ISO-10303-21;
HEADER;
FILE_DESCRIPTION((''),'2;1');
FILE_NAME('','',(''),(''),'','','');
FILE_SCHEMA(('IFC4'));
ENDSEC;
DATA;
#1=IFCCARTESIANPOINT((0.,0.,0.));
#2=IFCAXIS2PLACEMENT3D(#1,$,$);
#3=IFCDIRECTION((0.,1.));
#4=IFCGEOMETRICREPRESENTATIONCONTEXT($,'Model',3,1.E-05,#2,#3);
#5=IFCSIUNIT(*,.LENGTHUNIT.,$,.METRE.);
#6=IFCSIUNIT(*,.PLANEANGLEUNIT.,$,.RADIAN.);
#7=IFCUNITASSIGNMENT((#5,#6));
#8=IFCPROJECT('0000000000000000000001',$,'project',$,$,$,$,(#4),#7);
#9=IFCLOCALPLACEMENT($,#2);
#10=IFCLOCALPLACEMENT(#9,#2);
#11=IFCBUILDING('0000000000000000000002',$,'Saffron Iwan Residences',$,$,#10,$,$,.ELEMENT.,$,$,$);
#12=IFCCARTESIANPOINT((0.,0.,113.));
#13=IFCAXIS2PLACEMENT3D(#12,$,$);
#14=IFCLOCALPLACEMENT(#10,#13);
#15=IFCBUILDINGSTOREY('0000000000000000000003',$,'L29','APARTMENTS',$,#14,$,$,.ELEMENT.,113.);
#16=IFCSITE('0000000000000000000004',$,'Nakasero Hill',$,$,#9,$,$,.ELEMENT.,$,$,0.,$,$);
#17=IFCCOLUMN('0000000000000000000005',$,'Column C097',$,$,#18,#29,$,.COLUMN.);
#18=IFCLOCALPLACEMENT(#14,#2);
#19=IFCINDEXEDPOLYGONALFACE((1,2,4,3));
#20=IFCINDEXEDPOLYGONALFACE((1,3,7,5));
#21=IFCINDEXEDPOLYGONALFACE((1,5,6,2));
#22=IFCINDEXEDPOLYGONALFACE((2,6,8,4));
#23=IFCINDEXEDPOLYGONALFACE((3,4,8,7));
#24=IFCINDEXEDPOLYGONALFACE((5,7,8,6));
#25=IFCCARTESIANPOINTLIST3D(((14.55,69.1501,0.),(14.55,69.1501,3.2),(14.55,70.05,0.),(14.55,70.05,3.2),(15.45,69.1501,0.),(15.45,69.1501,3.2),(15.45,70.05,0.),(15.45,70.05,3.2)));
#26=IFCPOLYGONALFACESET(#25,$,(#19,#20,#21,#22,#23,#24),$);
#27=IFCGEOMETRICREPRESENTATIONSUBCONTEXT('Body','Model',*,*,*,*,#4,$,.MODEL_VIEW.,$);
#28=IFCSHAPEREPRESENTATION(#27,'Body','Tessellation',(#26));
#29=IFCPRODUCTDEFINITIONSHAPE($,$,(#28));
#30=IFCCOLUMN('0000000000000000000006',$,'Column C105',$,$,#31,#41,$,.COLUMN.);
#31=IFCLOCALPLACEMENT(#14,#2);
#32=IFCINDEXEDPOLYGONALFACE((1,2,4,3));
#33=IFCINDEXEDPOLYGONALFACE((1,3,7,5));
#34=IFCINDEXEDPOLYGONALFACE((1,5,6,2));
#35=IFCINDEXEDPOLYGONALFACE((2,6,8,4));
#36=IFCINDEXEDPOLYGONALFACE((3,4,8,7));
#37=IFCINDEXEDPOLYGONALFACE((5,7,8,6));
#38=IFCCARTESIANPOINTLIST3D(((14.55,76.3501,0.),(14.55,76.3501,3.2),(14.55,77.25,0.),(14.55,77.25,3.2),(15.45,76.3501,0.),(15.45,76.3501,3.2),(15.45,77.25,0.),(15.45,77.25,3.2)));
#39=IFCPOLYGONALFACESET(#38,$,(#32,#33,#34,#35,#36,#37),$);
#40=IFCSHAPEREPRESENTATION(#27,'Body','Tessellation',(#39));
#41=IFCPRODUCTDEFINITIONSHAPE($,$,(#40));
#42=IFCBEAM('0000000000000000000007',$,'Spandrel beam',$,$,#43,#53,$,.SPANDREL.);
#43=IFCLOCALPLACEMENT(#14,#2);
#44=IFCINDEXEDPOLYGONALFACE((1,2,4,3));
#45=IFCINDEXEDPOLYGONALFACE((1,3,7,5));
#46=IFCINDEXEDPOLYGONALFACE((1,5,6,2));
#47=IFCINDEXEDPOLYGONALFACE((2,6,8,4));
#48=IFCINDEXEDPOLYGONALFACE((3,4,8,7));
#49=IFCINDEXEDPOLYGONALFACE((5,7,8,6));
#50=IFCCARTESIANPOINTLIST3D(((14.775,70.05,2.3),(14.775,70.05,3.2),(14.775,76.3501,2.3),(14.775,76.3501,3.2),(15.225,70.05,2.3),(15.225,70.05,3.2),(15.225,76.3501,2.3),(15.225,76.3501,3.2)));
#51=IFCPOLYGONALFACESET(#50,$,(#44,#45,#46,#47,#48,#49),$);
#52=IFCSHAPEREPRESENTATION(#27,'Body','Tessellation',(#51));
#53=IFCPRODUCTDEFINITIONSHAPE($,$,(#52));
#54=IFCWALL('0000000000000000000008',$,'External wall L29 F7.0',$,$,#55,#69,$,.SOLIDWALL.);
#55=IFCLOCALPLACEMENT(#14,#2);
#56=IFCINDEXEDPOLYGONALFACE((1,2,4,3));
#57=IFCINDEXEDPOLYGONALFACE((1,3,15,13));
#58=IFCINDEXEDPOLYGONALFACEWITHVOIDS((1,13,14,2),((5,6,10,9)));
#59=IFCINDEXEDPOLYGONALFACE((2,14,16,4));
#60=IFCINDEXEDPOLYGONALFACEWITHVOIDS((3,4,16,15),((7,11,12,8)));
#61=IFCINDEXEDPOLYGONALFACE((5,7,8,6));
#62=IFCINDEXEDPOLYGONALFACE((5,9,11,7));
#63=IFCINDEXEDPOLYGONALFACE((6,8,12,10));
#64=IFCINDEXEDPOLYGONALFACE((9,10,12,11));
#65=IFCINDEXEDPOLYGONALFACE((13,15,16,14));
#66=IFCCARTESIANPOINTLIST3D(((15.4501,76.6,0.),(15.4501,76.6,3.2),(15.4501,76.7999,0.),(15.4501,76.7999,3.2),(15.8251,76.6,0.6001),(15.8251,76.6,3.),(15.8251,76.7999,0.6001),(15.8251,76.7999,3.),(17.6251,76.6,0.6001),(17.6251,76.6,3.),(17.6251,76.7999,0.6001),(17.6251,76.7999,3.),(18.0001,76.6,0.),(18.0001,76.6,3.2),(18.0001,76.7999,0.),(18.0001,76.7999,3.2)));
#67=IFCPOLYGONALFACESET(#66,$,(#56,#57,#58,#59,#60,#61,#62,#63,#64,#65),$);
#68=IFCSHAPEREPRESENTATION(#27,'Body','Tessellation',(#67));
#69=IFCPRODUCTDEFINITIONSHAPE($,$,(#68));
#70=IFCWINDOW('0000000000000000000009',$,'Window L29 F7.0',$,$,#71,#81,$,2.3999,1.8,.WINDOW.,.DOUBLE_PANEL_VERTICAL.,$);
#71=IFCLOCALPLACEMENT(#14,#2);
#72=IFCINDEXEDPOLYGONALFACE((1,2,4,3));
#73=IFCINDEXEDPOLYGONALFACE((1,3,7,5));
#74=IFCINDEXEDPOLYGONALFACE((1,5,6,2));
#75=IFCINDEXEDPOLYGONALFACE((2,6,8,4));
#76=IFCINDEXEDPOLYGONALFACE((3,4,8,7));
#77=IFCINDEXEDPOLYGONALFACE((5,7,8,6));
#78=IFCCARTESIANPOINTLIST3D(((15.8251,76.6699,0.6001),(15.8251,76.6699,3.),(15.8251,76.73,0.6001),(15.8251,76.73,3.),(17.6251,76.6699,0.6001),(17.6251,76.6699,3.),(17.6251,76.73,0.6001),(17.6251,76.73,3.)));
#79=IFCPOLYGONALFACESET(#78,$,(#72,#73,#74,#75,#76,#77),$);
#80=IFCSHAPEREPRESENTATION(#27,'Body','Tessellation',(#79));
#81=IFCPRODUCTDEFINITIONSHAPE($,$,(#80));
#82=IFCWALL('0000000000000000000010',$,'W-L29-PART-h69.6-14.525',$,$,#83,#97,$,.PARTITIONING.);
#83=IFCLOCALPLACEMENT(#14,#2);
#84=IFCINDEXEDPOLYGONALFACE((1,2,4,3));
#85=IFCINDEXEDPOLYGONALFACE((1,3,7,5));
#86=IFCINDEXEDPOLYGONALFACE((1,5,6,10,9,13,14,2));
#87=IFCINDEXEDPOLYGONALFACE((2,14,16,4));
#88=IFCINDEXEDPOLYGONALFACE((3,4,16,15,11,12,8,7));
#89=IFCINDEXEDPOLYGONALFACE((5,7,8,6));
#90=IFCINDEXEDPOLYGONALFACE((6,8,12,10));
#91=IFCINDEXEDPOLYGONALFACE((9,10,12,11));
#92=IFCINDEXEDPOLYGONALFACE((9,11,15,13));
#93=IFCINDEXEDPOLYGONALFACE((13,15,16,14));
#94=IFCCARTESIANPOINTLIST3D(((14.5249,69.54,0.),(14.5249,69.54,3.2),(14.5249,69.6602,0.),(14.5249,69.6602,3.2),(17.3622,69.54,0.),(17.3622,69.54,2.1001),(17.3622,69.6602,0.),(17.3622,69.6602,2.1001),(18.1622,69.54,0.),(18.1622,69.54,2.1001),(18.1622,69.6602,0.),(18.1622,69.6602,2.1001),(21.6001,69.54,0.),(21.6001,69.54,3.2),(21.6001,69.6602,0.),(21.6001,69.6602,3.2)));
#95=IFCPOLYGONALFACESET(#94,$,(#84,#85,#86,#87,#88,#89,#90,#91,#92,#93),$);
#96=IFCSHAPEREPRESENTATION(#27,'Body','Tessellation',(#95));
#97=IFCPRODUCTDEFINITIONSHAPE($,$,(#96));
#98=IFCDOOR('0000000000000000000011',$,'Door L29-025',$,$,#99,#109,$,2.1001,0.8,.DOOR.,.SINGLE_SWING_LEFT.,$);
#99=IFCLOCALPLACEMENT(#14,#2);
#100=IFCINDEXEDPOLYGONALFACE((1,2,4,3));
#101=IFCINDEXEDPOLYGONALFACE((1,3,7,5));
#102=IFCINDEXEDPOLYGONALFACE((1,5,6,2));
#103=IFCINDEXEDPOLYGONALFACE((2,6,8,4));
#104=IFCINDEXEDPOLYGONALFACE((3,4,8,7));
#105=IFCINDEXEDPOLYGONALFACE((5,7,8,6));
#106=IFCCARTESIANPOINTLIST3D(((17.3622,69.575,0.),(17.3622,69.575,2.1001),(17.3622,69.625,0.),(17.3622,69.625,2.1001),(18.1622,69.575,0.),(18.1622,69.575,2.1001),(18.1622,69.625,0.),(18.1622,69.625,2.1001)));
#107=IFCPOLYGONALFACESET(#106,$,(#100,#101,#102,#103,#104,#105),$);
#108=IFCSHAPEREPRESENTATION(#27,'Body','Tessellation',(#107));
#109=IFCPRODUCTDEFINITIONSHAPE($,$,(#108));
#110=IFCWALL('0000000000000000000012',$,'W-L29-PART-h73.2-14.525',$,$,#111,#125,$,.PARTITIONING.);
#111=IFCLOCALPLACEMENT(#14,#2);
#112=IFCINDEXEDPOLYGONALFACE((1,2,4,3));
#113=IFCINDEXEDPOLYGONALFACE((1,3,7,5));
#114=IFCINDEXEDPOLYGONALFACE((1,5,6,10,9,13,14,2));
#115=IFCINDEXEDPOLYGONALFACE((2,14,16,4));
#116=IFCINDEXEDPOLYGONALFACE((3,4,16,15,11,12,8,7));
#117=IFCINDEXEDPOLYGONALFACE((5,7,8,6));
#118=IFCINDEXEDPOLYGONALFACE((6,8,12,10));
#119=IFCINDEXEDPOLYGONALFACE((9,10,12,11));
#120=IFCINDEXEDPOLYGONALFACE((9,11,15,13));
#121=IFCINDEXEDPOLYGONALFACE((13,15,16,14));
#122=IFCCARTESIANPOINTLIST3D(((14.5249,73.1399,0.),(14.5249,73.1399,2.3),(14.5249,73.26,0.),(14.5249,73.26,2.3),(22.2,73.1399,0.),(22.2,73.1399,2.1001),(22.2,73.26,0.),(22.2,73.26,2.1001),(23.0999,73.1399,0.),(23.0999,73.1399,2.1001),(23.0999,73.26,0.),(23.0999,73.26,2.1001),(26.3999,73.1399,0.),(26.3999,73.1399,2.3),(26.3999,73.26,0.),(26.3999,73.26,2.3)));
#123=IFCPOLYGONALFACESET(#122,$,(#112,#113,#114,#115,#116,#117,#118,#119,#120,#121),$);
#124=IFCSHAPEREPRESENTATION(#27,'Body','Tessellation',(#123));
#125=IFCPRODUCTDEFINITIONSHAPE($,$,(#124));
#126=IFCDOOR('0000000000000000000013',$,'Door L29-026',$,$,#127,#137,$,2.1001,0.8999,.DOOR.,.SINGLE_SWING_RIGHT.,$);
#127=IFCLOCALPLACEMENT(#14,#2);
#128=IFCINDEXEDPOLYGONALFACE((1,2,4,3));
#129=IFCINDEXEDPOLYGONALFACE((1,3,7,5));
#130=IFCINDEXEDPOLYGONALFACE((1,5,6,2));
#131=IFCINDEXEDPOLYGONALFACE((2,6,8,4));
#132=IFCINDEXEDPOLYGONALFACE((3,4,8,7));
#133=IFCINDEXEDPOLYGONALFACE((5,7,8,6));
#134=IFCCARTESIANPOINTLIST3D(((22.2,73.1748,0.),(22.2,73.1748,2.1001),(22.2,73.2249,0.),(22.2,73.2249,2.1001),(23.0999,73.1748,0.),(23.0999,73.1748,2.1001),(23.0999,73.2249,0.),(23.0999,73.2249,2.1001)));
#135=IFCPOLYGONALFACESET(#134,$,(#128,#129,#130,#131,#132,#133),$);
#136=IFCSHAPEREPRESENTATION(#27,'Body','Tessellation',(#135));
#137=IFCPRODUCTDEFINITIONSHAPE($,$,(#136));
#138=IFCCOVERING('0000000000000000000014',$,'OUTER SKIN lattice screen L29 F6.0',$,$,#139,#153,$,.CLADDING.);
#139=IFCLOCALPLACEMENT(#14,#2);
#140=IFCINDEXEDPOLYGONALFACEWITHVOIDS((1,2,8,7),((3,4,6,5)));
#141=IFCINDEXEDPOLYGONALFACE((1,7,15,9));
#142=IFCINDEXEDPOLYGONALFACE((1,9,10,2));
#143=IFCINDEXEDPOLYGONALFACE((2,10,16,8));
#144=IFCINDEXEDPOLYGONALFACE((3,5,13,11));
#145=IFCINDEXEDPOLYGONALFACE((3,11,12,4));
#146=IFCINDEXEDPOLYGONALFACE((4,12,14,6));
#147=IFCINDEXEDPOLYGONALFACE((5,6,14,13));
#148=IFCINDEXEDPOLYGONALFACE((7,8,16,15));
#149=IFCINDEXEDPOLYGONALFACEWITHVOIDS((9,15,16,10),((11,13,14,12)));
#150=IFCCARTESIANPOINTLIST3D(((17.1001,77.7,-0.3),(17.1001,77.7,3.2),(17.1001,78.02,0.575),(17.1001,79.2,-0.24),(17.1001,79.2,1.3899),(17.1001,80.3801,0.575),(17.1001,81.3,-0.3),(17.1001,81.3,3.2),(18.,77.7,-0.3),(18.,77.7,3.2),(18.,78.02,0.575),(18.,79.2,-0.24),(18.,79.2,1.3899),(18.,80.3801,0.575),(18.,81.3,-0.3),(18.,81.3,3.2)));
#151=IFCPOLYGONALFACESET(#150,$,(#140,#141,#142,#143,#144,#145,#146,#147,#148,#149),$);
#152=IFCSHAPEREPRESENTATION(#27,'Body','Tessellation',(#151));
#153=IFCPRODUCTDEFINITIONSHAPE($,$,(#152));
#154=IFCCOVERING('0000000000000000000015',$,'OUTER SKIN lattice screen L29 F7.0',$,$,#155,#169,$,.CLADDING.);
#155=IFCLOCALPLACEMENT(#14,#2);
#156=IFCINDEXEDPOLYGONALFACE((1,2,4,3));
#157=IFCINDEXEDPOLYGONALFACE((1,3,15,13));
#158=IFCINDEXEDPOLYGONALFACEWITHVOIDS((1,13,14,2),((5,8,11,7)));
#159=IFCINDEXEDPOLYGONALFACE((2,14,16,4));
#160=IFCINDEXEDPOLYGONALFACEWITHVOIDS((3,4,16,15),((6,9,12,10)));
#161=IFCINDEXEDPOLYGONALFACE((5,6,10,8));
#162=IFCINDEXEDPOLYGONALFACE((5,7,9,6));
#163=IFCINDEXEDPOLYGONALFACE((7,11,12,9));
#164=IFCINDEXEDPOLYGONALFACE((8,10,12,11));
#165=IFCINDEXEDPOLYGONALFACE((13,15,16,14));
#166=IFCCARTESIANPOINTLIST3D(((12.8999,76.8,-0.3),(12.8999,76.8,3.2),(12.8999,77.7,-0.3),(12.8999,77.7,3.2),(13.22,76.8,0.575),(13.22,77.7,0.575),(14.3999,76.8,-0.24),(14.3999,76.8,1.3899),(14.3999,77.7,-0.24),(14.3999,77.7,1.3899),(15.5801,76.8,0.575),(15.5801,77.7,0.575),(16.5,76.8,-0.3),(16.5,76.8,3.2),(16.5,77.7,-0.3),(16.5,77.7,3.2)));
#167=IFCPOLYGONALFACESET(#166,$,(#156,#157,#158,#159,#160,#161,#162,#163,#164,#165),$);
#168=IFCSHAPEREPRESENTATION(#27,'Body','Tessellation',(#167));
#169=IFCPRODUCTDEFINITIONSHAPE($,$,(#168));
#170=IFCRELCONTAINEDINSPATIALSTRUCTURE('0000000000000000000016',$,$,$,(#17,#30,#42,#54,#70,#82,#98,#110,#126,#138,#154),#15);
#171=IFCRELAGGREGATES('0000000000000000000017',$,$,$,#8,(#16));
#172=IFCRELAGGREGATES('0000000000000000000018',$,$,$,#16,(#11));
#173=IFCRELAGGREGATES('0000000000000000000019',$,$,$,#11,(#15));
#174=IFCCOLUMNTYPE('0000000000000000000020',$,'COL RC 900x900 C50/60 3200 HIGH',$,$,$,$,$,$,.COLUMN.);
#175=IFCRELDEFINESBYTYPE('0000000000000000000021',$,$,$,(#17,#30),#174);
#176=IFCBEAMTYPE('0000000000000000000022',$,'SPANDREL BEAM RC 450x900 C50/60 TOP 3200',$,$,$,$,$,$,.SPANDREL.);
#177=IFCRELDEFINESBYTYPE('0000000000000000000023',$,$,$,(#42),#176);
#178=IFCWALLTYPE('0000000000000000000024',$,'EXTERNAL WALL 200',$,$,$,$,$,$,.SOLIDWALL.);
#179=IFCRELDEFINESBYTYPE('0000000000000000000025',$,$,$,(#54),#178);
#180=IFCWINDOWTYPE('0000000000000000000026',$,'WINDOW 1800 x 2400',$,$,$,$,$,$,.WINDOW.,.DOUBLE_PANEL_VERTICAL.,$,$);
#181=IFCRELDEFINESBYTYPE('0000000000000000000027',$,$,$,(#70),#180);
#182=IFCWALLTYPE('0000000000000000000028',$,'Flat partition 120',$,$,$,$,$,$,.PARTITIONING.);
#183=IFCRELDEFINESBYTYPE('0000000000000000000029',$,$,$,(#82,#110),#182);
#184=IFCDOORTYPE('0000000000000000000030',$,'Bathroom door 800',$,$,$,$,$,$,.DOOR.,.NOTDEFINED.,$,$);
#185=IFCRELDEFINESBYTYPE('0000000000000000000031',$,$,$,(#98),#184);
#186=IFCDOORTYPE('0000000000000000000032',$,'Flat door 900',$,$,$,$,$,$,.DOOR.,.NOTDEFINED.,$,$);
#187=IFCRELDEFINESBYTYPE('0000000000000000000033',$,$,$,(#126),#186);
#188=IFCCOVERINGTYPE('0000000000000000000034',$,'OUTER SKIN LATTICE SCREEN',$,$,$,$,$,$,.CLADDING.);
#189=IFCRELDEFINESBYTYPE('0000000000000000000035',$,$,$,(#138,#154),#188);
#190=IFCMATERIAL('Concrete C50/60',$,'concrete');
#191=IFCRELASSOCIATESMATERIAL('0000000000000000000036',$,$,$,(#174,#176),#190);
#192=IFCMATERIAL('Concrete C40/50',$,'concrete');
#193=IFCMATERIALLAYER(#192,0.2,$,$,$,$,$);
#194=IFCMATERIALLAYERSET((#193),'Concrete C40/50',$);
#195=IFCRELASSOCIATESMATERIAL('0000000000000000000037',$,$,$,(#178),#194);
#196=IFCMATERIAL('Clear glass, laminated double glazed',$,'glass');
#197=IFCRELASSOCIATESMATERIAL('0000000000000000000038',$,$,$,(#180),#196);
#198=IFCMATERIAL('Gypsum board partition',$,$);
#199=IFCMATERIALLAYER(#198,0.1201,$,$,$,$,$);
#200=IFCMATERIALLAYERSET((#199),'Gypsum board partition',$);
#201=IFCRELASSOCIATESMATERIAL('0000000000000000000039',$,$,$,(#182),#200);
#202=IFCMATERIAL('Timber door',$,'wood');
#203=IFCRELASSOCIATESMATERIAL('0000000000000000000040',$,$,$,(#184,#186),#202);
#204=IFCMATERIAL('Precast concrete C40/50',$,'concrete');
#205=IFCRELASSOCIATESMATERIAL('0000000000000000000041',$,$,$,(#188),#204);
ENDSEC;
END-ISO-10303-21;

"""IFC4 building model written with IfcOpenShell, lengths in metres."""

from ifc_helpers import new_model, si_unit, direction, frame, frame_2d, origin, origin_2d, place, context, subcontext, project, spatial, polyline, rectangle, outline, extrude, source, transform, mapped, material, layer, layer_set, material_profile, profile_set, type_object, element, fill, save


model = new_model("IFC4")

# Units and contexts
model_context = context("Model", 3, precision=1e-05, world=origin(), true_north=direction((0.0, 1.0)))
body_context = subcontext(model_context, "Body", "Model", "MODEL_VIEW")
ifc_project = project(units=[si_unit("LENGTHUNIT", "METRE"), si_unit("PLANEANGLEUNIT", "RADIAN")], contexts=[model_context])

# Site, building, storey
site_placement = place(None, origin())
site = spatial("IfcSite", under=ifc_project, at=site_placement, Name="Nakasero Hill", CompositionType="ELEMENT", RefElevation=0.0)
building_placement = place(site_placement, origin())
building = spatial("IfcBuilding", under=site, at=building_placement, Name="Saffron Iwan Residences", CompositionType="ELEMENT")
storey_placement = place(building_placement, frame((0.0, 0.0, 113.0)))
storey = spatial("IfcBuildingStorey", under=building, at=storey_placement, Name="L29", Description="APARTMENTS", CompositionType="ELEMENT", Elevation=113.0)

# Columns
ifc_material_1 = material(Name="Concrete C50/60", Category="concrete")
ifc_material_profile_1 = material_profile(ifc_material_1, rectangle(XDim=0.8999, YDim=0.8999, at=origin_2d()), Name="RC 900x900")
ifc_profile_set_1 = profile_set([ifc_material_profile_1], Name="Concrete C50/60")
column_type = type_object("IfcColumnType", Name="COL RC 900x900 C50/60 3200 HIGH", PredefinedType="COLUMN", material=ifc_profile_set_1)
shared_shape_1 = source(origin(), body_context, "Body", "SweptSolid", [
    extrude(rectangle(XDim=0.8999, YDim=0.8999, at=origin_2d()), origin(), (0.0, 0.0, 1.0), 3.2),
])
for number, where, z_axis, x_axis, name in (
    (1, (15.0, 69.6001, 0.0), (0.0, 0.0, 1.0), (1.0, 0.0, 0.0), "Column C097"),
    (2, (15.0, 76.8, 0.0), (0.0, 0.0, 1.0), (1.0, 0.0, 0.0), "Column C105"),
):
    element("IfcColumn", number, at=place(storey_placement, frame(where, z_axis=z_axis, x_axis=x_axis)), inside=storey, type_object=column_type, Name=name, PredefinedType="COLUMN", context=body_context, shape_type="MappedRepresentation", body=[
        mapped(shared_shape_1, transform((0.0, 0.0, 0.0))),
    ])

# Beam
ifc_material_profile_2 = material_profile(ifc_material_1, rectangle(XDim=0.45, YDim=0.8999, at=origin_2d()), Name="RC 450x900")
ifc_profile_set_2 = profile_set([ifc_material_profile_2], Name="Concrete C50/60")
beam_type = type_object("IfcBeamType", Name="SPANDREL BEAM RC 450x900 C50/60 TOP 3200", PredefinedType="SPANDREL", material=ifc_profile_set_2)
shared_shape_2 = source(origin(), body_context, "Body", "SweptSolid", [
    extrude(rectangle(XDim=0.45, YDim=0.8999, at=origin_2d()), origin(), (0.0, 0.0, 1.0), 6.3),
])
beam_placement = place(storey_placement, frame((15.0, 70.05, 2.75), z_axis=(0.0, 1.0, 0.0), x_axis=(-1.0, 0.0, 0.0)))
element("IfcBeam", 3, at=beam_placement, inside=storey, type_object=beam_type, Name="Spandrel beam", PredefinedType="SPANDREL", context=body_context, shape_type="MappedRepresentation", body=[
    mapped(shared_shape_2, transform((0.0, 0.0, 0.0))),
])

# Wall, opening, window
ifc_material_2 = material(Name="Concrete C40/50", Category="concrete")
ifc_layer_1 = layer(ifc_material_2, 0.2)
ifc_layer_set_1 = layer_set([ifc_layer_1], Name="Concrete C40/50")
wall_type_1 = type_object("IfcWallType", Name="EXTERNAL WALL 200", PredefinedType="SOLIDWALL", material=ifc_layer_set_1)
wall_1_placement = place(storey_placement, frame((18.0, 76.7, 0.0), z_axis=(0.0, 0.0, 1.0), x_axis=(-1.0, 0.0, 0.0)))
wall_1 = element("IfcWall", 4, at=wall_1_placement, inside=storey, type_object=wall_type_1, Name="External wall L29 F7.0", PredefinedType="SOLIDWALL", context=body_context, shape_type="SweptSolid", body=[
    extrude(rectangle(XDim=2.55, YDim=0.2, at=frame_2d((1.2749, 0.0))), origin(), (0.0, 0.0, 1.0), 3.2),
])
opening_1_placement = place(wall_1_placement, frame((0.375, 0.0, 0.6001)))
opening_1 = element("IfcOpeningElement", 5, at=opening_1_placement, cuts=wall_1, PredefinedType="OPENING", context=body_context, shape_type="SweptSolid", body=[
    extrude(rectangle(XDim=1.8, YDim=2.3999, at=frame_2d((0.8999, 1.2))), frame((0.0, 0.1099, 0.0), z_axis=(0.0, -1.0, 0.0), x_axis=(1.0, 0.0, 0.0)), (0.0, 0.0, 1.0), 0.22),
])
ifc_material_3 = material(Name="Clear glass, laminated double glazed", Category="glass")
window_type_1 = type_object("IfcWindowType", Name="WINDOW 1800 x 2400", PartitioningType="DOUBLE_PANEL_VERTICAL", PredefinedType="WINDOW", material=ifc_material_3)
window_1_placement = place(opening_1_placement, origin())
window_1 = element("IfcWindow", 6, at=window_1_placement, inside=storey, type_object=window_type_1, Name="Window L29 F7.0", OverallHeight=2.3999, OverallWidth=1.8, PartitioningType="DOUBLE_PANEL_VERTICAL", PredefinedType="WINDOW", context=body_context, shape_type="SweptSolid", body=[
    extrude(rectangle(XDim=1.8, YDim=2.3999, at=frame_2d((0.8999, 1.2))), frame((0.0, 0.03, 0.0), z_axis=(0.0, -1.0, 0.0), x_axis=(1.0, 0.0, 0.0)), (0.0, 0.0, 1.0), 0.0601),
])
fill(opening_1, window_1)

# Walls, openings, doors
ifc_material_4 = material(Name="Gypsum board partition")
ifc_layer_2 = layer(ifc_material_4, 0.1201)
ifc_layer_set_2 = layer_set([ifc_layer_2], Name="Gypsum board partition")
wall_type_2 = type_object("IfcWallType", Name="Flat partition 120", PredefinedType="PARTITIONING", material=ifc_layer_set_2)
wall_2_placement = place(storey_placement, frame((14.5249, 69.6001, 0.0), z_axis=(0.0, 0.0, 1.0), x_axis=(1.0, 0.0, 0.0)))
wall_2 = element("IfcWall", 7, at=wall_2_placement, inside=storey, type_object=wall_type_2, Name="W-L29-PART-h69.6-14.525", PredefinedType="PARTITIONING", context=body_context, shape_type="SweptSolid", body=[
    extrude(rectangle(XDim=7.0752, YDim=0.1201, at=frame_2d((3.5376, 0.0))), origin(), (0.0, 0.0, 1.0), 3.2),
])
opening_2_placement = place(wall_2_placement, frame((2.8374, 0.0, 0.0)))
opening_2 = element("IfcOpeningElement", 8, at=opening_2_placement, cuts=wall_2, PredefinedType="OPENING", context=body_context, shape_type="SweptSolid", body=[
    extrude(rectangle(XDim=0.8, YDim=2.1001, at=frame_2d((0.3999, 1.05))), frame((0.0, 0.0701, 0.0), z_axis=(0.0, -1.0, 0.0), x_axis=(1.0, 0.0, 0.0)), (0.0, 0.0, 1.0), 0.1401),
])
ifc_material_5 = material(Name="Timber door", Category="wood")
door_type_1 = type_object("IfcDoorType", Name="Bathroom door 800", OperationType="NOTDEFINED", PredefinedType="DOOR", material=ifc_material_5)
door_1_placement = place(opening_2_placement, origin())
door_1 = element("IfcDoor", 9, at=door_1_placement, inside=storey, type_object=door_type_1, Name="Door L29-025", OperationType="SINGLE_SWING_LEFT", OverallHeight=2.1001, OverallWidth=0.8, PredefinedType="DOOR", context=body_context, shape_type="SweptSolid", body=[
    extrude(rectangle(XDim=0.8, YDim=2.1001, at=frame_2d((0.3999, 1.05))), frame((0.0, 0.0249, 0.0), z_axis=(0.0, -1.0, 0.0), x_axis=(1.0, 0.0, 0.0)), (0.0, 0.0, 1.0), 0.05),
])
fill(opening_2, door_1)
wall_3_placement = place(storey_placement, frame((14.5249, 73.2, 0.0), z_axis=(0.0, 0.0, 1.0), x_axis=(1.0, 0.0, 0.0)))
wall_3 = element("IfcWall", 10, at=wall_3_placement, inside=storey, type_object=wall_type_2, Name="W-L29-PART-h73.2-14.525", PredefinedType="PARTITIONING", context=body_context, shape_type="SweptSolid", body=[
    extrude(rectangle(XDim=11.875, YDim=0.1201, at=frame_2d((5.9375, 0.0))), origin(), (0.0, 0.0, 1.0), 2.3),
])
opening_3_placement = place(wall_3_placement, frame((7.675, 0.0, 0.0)))
opening_3 = element("IfcOpeningElement", 11, at=opening_3_placement, cuts=wall_3, PredefinedType="OPENING", context=body_context, shape_type="SweptSolid", body=[
    extrude(rectangle(XDim=0.8999, YDim=2.1001, at=frame_2d((0.45, 1.05))), frame((0.0, 0.0701, 0.0), z_axis=(0.0, -1.0, 0.0), x_axis=(1.0, 0.0, 0.0)), (0.0, 0.0, 1.0), 0.1401),
])
door_type_2 = type_object("IfcDoorType", Name="Flat door 900", OperationType="NOTDEFINED", PredefinedType="DOOR", material=ifc_material_5)
door_2_placement = place(opening_3_placement, origin())
door_2 = element("IfcDoor", 12, at=door_2_placement, inside=storey, type_object=door_type_2, Name="Door L29-026", OperationType="SINGLE_SWING_RIGHT", OverallHeight=2.1001, OverallWidth=0.8999, PredefinedType="DOOR", context=body_context, shape_type="SweptSolid", body=[
    extrude(rectangle(XDim=0.8999, YDim=2.1001, at=frame_2d((0.45, 1.05))), frame((0.0, 0.0249, 0.0), z_axis=(0.0, -1.0, 0.0), x_axis=(1.0, 0.0, 0.0)), (0.0, 0.0, 1.0), 0.05),
])
fill(opening_3, door_2)

# Coverings
ifc_material_6 = material(Name="Precast concrete C40/50", Category="concrete")
covering_type = type_object("IfcCoveringType", Name="OUTER SKIN LATTICE SCREEN", PredefinedType="CLADDING", material=ifc_material_6)
for number, where, z_axis, x_axis, name in (
    (13, (18.0, 81.3, -0.3), (-1.0, 0.0, 0.0), (0.0, -1.0, 0.0), "OUTER SKIN lattice screen L29 F6.0"),
    (14, (16.5, 76.8, -0.3), (0.0, 1.0, 0.0), (-1.0, 0.0, 0.0), "OUTER SKIN lattice screen L29 F7.0"),
):
    element("IfcCovering", number, at=place(storey_placement, frame(where, z_axis=z_axis, x_axis=x_axis)), inside=storey, type_object=covering_type, Name=name, PredefinedType="CLADDING", context=body_context, shape_type="SweptSolid", body=[
        extrude(outline(polyline([(0.0, 0.0), (3.6001, 0.0), (3.6001, 3.5), (0.0, 3.5), (0.0, 0.0)]), holes=[polyline([(0.9199, 0.875), (2.1001, 0.0601), (3.28, 0.875), (2.1001, 1.6899), (0.9199, 0.875)])]), origin(), (0.0, 0.0, 1.0), 0.8999),
    ])

save(model, "model.ifc")
